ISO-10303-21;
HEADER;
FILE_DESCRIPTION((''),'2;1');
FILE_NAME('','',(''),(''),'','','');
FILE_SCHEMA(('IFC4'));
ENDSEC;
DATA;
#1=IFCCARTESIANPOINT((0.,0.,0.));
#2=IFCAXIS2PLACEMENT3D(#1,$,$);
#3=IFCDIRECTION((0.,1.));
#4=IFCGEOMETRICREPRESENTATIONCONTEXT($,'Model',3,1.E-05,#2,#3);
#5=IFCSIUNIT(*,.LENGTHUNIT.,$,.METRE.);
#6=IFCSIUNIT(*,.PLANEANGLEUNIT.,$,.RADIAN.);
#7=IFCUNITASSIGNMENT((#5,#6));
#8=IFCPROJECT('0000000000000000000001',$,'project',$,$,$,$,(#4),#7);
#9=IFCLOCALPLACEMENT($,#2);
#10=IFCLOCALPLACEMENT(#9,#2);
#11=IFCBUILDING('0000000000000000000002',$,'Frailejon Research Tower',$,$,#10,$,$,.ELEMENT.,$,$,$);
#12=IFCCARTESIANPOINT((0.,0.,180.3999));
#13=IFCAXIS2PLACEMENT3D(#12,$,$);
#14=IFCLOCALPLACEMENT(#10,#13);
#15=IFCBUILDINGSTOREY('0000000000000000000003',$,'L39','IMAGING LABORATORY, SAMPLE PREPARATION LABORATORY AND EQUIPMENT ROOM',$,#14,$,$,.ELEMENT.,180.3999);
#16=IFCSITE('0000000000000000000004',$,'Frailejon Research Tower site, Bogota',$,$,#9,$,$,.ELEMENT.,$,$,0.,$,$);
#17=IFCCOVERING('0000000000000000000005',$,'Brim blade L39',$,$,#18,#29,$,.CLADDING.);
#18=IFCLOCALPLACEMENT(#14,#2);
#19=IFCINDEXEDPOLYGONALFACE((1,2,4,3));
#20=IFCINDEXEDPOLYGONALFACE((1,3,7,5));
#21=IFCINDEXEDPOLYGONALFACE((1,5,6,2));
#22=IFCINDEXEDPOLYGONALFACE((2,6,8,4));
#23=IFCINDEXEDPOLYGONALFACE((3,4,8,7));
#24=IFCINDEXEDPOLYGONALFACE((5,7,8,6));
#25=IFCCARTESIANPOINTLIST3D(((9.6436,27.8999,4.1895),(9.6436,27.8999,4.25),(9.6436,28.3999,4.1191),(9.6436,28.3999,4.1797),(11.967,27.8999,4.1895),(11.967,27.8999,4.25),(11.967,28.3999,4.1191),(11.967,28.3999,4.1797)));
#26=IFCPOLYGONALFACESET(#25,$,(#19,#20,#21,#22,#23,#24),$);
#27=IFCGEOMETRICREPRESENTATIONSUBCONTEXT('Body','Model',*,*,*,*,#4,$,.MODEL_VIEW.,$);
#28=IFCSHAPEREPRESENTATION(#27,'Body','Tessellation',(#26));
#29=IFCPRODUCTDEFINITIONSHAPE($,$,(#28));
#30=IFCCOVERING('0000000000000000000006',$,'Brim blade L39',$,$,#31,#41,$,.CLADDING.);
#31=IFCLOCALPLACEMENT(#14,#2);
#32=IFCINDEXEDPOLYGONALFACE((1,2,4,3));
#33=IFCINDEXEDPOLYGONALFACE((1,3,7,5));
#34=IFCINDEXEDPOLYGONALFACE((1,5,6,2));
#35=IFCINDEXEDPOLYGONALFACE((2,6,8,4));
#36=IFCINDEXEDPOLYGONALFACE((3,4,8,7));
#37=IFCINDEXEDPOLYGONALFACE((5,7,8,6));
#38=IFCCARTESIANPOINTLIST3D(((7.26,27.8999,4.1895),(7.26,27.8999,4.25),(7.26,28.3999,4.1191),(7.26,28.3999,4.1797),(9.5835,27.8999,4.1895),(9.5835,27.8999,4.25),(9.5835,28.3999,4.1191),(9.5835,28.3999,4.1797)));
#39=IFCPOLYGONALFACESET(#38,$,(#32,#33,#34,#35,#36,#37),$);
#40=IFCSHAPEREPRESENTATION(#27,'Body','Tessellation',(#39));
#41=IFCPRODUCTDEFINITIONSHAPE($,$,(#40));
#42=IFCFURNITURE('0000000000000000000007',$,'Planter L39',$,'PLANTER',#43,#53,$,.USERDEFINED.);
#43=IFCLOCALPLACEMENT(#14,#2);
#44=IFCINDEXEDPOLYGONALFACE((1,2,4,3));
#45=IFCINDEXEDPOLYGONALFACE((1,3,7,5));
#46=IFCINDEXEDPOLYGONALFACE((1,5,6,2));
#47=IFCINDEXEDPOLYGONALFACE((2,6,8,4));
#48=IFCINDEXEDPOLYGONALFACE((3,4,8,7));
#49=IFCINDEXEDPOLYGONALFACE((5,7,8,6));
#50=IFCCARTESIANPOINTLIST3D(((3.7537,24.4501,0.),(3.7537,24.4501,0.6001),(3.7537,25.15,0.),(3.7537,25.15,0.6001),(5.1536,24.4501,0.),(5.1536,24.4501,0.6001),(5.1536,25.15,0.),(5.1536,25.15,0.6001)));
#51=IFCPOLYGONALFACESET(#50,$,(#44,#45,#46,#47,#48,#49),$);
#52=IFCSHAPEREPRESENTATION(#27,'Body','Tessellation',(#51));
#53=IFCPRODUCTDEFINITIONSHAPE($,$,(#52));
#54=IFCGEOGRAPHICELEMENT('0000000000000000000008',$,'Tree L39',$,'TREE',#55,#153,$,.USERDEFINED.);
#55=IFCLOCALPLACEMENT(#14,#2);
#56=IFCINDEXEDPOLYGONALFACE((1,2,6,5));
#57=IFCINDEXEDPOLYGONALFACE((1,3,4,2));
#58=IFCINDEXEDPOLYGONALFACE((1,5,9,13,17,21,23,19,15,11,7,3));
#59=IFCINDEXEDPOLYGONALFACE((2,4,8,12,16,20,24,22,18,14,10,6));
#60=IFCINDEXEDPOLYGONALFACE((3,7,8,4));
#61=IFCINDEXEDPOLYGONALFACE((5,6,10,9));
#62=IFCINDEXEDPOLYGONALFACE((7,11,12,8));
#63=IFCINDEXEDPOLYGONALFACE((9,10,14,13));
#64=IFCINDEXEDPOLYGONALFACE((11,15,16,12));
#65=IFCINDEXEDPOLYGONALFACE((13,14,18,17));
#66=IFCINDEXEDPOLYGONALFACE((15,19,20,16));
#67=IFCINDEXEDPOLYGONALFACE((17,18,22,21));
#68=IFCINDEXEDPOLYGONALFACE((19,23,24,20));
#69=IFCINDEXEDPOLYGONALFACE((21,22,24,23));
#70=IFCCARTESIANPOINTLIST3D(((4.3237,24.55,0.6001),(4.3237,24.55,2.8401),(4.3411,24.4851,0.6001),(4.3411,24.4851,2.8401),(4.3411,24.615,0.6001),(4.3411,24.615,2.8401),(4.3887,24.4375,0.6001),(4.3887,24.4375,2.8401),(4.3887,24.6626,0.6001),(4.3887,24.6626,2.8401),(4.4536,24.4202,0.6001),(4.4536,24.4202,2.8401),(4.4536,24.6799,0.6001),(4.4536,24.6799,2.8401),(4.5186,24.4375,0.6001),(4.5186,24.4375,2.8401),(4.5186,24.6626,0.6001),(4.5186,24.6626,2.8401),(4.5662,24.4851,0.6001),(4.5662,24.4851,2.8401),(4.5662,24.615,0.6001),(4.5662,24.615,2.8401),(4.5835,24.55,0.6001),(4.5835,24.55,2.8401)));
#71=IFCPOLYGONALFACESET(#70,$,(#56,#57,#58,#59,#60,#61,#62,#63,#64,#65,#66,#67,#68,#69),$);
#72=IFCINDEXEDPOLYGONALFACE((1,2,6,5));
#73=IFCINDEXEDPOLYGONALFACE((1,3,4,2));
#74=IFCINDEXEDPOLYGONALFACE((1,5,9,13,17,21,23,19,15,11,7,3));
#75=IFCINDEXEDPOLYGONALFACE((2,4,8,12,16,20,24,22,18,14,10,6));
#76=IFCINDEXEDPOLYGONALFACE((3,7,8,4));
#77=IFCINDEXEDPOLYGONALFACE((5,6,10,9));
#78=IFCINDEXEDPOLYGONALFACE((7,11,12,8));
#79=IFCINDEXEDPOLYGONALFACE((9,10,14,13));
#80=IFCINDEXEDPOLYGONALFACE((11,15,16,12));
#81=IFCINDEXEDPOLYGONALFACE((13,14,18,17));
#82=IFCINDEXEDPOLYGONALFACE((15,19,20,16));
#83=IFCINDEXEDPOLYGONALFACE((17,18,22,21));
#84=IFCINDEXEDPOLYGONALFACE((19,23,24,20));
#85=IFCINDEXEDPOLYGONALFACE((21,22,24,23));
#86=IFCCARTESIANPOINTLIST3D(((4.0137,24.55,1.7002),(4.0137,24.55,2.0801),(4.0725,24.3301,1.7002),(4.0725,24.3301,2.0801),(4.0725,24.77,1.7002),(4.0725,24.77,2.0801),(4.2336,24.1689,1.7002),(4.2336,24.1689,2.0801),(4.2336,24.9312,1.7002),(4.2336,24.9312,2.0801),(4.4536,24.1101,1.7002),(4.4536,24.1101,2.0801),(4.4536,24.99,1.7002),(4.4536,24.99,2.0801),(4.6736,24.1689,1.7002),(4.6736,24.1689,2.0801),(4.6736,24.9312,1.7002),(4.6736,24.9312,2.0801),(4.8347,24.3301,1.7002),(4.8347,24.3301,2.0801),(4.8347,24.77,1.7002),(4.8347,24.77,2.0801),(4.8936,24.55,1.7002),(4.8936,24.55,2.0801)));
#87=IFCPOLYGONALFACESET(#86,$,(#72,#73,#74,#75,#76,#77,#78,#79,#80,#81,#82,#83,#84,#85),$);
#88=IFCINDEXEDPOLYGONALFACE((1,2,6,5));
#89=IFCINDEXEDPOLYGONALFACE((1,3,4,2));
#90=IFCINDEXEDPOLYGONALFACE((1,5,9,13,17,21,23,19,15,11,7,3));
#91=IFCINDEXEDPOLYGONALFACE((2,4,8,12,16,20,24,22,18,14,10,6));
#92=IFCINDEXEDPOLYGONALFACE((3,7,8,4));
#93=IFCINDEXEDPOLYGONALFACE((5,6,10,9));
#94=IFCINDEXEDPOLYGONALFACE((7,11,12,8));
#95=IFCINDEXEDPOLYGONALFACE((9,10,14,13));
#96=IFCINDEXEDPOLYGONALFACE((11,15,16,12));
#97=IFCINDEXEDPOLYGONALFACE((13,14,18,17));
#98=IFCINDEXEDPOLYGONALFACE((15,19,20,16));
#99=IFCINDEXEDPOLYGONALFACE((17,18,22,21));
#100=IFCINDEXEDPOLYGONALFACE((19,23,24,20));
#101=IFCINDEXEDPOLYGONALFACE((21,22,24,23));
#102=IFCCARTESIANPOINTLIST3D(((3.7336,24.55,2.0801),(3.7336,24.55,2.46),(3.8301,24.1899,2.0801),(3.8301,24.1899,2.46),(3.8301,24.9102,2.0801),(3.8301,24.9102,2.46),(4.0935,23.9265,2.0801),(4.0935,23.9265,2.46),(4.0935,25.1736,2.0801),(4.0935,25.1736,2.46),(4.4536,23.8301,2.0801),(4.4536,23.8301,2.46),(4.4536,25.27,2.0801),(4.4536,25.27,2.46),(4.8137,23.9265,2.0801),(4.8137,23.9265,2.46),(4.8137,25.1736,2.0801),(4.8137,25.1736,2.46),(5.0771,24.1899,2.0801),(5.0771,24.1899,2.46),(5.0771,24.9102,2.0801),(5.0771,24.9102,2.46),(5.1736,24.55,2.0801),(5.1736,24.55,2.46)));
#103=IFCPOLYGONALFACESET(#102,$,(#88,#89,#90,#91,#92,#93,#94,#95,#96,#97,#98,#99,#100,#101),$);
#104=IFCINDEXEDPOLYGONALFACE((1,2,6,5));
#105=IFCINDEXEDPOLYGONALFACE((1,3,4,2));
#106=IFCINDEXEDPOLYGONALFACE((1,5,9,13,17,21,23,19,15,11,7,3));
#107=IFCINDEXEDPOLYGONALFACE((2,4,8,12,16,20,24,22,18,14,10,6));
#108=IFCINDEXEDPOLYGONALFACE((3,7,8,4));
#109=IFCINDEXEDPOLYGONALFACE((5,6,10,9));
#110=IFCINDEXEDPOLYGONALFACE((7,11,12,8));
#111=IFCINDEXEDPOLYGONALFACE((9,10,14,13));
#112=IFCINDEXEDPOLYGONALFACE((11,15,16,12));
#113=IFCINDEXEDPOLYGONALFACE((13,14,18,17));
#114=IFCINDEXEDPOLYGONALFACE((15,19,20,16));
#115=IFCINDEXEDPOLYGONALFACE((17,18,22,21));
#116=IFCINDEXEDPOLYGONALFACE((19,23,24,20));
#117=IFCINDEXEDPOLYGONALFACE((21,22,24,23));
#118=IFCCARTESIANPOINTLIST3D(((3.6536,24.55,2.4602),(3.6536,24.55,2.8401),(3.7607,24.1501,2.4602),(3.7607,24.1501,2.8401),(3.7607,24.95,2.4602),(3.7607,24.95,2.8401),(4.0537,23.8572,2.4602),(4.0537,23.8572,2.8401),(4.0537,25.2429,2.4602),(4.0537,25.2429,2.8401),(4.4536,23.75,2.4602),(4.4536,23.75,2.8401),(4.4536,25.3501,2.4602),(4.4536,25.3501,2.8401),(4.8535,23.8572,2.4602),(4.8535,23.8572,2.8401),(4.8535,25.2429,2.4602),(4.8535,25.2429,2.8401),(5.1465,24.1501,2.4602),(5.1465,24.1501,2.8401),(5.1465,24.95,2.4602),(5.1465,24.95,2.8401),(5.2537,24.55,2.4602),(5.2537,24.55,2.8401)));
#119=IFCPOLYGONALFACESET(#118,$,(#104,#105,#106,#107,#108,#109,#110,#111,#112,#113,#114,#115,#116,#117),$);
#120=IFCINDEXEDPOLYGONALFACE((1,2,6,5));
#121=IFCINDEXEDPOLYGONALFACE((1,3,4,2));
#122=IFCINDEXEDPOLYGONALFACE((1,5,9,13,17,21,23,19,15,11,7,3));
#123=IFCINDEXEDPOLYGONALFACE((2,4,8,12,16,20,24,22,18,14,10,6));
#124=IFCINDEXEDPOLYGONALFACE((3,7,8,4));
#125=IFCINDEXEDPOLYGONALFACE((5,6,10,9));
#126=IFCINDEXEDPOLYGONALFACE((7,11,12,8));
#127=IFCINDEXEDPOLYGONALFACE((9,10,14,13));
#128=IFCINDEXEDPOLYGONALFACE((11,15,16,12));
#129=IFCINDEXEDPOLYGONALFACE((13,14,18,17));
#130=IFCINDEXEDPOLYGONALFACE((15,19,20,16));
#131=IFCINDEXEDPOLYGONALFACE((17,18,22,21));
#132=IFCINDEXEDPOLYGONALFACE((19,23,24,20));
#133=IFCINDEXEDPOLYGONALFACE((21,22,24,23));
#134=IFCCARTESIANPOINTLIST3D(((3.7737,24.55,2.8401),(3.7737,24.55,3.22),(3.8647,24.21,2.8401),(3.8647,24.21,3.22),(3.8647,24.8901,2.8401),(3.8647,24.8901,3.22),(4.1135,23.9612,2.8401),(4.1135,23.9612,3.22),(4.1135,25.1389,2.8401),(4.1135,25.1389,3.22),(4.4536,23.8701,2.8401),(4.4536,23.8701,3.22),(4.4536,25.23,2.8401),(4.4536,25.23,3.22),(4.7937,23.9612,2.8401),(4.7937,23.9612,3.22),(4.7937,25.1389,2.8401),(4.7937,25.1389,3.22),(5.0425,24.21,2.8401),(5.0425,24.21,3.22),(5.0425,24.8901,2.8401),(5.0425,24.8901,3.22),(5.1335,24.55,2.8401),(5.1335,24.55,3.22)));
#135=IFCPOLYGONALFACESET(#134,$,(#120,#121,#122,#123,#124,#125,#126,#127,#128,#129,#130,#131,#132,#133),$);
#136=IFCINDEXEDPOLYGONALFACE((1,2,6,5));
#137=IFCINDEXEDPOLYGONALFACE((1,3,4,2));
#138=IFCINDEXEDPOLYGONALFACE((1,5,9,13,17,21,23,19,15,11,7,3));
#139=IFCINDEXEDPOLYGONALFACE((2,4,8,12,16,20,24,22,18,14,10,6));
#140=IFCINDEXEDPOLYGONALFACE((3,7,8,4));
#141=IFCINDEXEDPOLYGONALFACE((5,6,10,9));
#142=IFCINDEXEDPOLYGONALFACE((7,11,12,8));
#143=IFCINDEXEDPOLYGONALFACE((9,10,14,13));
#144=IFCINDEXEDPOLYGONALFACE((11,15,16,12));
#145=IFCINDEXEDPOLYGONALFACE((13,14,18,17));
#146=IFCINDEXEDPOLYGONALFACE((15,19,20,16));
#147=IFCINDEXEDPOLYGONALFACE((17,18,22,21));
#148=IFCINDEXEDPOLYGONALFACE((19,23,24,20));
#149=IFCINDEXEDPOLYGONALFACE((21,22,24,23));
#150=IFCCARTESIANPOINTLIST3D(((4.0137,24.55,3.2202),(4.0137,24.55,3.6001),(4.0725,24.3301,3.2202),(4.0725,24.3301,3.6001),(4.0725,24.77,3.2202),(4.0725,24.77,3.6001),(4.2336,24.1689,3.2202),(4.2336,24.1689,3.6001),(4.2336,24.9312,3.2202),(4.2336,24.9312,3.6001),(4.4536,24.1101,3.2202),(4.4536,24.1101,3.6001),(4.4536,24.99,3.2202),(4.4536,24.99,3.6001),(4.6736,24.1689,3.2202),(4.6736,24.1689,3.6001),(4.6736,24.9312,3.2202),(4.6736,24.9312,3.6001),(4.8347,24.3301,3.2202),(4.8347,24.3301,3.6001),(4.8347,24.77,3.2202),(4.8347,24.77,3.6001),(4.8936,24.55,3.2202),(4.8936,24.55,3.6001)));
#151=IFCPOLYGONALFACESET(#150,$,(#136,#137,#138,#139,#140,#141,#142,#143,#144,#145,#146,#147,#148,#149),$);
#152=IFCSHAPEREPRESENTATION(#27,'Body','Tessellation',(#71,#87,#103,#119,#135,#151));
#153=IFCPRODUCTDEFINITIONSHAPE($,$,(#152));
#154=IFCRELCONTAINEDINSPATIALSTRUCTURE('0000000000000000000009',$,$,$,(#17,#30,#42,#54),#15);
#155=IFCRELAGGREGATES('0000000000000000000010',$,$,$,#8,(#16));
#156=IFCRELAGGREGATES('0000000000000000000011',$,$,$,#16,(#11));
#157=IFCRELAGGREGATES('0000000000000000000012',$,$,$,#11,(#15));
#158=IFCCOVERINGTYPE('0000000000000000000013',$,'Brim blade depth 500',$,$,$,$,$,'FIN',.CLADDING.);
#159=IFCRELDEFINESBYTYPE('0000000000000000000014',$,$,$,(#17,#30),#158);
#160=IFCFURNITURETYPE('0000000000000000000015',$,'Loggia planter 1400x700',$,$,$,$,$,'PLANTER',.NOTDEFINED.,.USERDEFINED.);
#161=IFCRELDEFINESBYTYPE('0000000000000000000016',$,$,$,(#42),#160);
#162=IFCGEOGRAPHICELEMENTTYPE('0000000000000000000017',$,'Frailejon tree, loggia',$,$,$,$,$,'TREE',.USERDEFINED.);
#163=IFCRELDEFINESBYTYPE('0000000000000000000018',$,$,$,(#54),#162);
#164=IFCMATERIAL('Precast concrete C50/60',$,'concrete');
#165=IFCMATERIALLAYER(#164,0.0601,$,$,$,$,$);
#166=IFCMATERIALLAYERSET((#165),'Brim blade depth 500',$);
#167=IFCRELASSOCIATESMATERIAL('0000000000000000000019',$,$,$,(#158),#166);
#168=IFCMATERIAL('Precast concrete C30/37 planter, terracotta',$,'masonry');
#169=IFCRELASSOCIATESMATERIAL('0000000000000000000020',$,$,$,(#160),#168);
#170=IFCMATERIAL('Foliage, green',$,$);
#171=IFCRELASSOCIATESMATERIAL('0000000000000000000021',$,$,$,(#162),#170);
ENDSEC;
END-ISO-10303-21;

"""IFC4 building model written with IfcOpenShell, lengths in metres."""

from ifc_helpers import new_model, si_unit, direction, frame, origin, origin_2d, place, context, subcontext, project, spatial, polyline, rectangle, outline, extrude, material, layer, layer_set, type_object, element, save


model = new_model("IFC4")

# Units and contexts
model_context = context("Model", 3, precision=1e-05, world=origin(), true_north=direction((0.0, 1.0)))
body_context = subcontext(model_context, "Body", "Model", "MODEL_VIEW")
ifc_project = project(units=[si_unit("LENGTHUNIT", "METRE"), si_unit("PLANEANGLEUNIT", "RADIAN")], contexts=[model_context])

# Site, building, storey
site_placement = place(None, origin())
site = spatial("IfcSite", under=ifc_project, at=site_placement, Name="Frailejon Research Tower site, Bogota", CompositionType="ELEMENT", RefElevation=0.0)
building_placement = place(site_placement, origin())
building = spatial("IfcBuilding", under=site, at=building_placement, Name="Frailejon Research Tower", CompositionType="ELEMENT")
storey_placement = place(building_placement, frame((0.0, 0.0, 180.3999)))
storey = spatial("IfcBuildingStorey", under=building, at=storey_placement, Name="L39", Description="IMAGING LABORATORY, SAMPLE PREPARATION LABORATORY AND EQUIPMENT ROOM", CompositionType="ELEMENT", Elevation=180.3999)

# Coverings
ifc_material_1 = material(Name="Precast concrete C50/60", Category="concrete")
ifc_layer_1 = layer(ifc_material_1, 0.0601)
ifc_layer_set_1 = layer_set([ifc_layer_1], Name="Brim blade depth 500")
covering_type_1 = type_object("IfcCoveringType", Name="Brim blade depth 500", ElementType="FIN", PredefinedType="CLADDING", material=ifc_layer_set_1)
for number, where, z_axis, x_axis, name in (
    (1, (9.6436, 27.8999, 4.25), (1.0, 0.0, 0.0), (0.0, 1.0, 0.0), "Brim blade L39"),
    (2, (7.26, 27.8999, 4.25), (1.0, 0.0, 0.0), (0.0, 1.0, 0.0), "Brim blade L39"),
):
    element("IfcCovering", number, at=place(storey_placement, frame(where, z_axis=z_axis, x_axis=x_axis)), inside=storey, type_object=covering_type_1, Name=name, PredefinedType="CLADDING", context=body_context, shape_type="SweptSolid", body=[
        extrude(outline(polyline([(0.0, -0.0605), (0.5, -0.1309), (0.5, -0.0703), (0.0, 0.0), (0.0, -0.0605)])), origin(), (0.0, 0.0, 1.0), 2.3235),
    ])

# Furniture
ifc_material_2 = material(Name="Precast concrete C30/37 planter, terracotta", Category="masonry")
furniture_type = type_object("IfcFurnitureType", Name="Loggia planter 1400x700", ElementType="PLANTER", AssemblyPlace="NOTDEFINED", PredefinedType="USERDEFINED", material=ifc_material_2)
furniture_placement = place(storey_placement, frame((4.4536, 24.8, 0.0), z_axis=(0.0, 0.0, 1.0), x_axis=(-1.0, 0.0, 0.0)))
element("IfcFurniture", 3, at=furniture_placement, inside=storey, type_object=furniture_type, Name="Planter L39", ObjectType="PLANTER", PredefinedType="USERDEFINED", context=body_context, shape_type="SweptSolid", body=[
    extrude(rectangle(XDim=1.3999, YDim=0.7, at=origin_2d()), origin(), (0.0, 0.0, 1.0), 0.6001),
])

# Geographic element
ifc_material_3 = material(Name="Foliage, green")
geographic_element_type = type_object("IfcGeographicElementType", Name="Frailejon tree, loggia", ElementType="TREE", PredefinedType="USERDEFINED", material=ifc_material_3)
geographic_element_placement = place(storey_placement, frame((4.4536, 24.55, 0.6001)))
element("IfcGeographicElement", 4, at=geographic_element_placement, inside=storey, type_object=geographic_element_type, Name="Tree L39", ObjectType="TREE", PredefinedType="USERDEFINED", context=body_context, shape_type="SweptSolid", body=[
    extrude(outline(polyline([(0.1299, 0.0), (0.1125, 0.0649), (0.0649, 0.1125), (0.0, 0.1299), (-0.0649, 0.1125), (-0.1125, 0.0649), (-0.1299, 0.0), (-0.1125, -0.0649), (-0.0649, -0.1125), (0.0, -0.1299), (0.0649, -0.1125), (0.1125, -0.0649), (0.1299, 0.0)])), origin(), (0.0, 0.0, 1.0), 2.24),
    extrude(outline(polyline([(0.4399, 0.0), (0.3811, 0.22), (0.22, 0.3811), (0.0, 0.4399), (-0.22, 0.3811), (-0.3811, 0.22), (-0.4399, 0.0), (-0.3811, -0.22), (-0.22, -0.3811), (0.0, -0.4399), (0.22, -0.3811), (0.3811, -0.22), (0.4399, 0.0)])), frame((0.0, 0.0, 1.1001)), (0.0, 0.0, 1.0), 0.3799),
    extrude(outline(polyline([(0.72, 0.0), (0.6235, 0.3601), (0.3601, 0.6235), (0.0, 0.72), (-0.3601, 0.6235), (-0.6235, 0.3601), (-0.72, 0.0), (-0.6235, -0.3601), (-0.3601, -0.6235), (0.0, -0.72), (0.3601, -0.6235), (0.6235, -0.3601), (0.72, 0.0)])), frame((0.0, 0.0, 1.48)), (0.0, 0.0, 1.0), 0.3799),
    extrude(outline(polyline([(0.8, 0.0), (0.6929, 0.3999), (0.3999, 0.6929), (0.0, 0.8), (-0.3999, 0.6929), (-0.6929, 0.3999), (-0.8, 0.0), (-0.6929, -0.3999), (-0.3999, -0.6929), (0.0, -0.8), (0.3999, -0.6929), (0.6929, -0.3999), (0.8, 0.0)])), frame((0.0, 0.0, 1.8601)), (0.0, 0.0, 1.0), 0.3799),
    extrude(outline(polyline([(0.6799, 0.0), (0.5889, 0.3401), (0.3401, 0.5889), (0.0, 0.6799), (-0.3401, 0.5889), (-0.5889, 0.3401), (-0.6799, 0.0), (-0.5889, -0.3401), (-0.3401, -0.5889), (0.0, -0.6799), (0.3401, -0.5889), (0.5889, -0.3401), (0.6799, 0.0)])), frame((0.0, 0.0, 2.24)), (0.0, 0.0, 1.0), 0.3799),
    extrude(outline(polyline([(0.4399, 0.0), (0.3811, 0.22), (0.22, 0.3811), (0.0, 0.4399), (-0.22, 0.3811), (-0.3811, 0.22), (-0.4399, 0.0), (-0.3811, -0.22), (-0.22, -0.3811), (0.0, -0.4399), (0.22, -0.3811), (0.3811, -0.22), (0.4399, 0.0)])), frame((0.0, 0.0, 2.6201)), (0.0, 0.0, 1.0), 0.3799),
])

save(model, "model.ifc")
